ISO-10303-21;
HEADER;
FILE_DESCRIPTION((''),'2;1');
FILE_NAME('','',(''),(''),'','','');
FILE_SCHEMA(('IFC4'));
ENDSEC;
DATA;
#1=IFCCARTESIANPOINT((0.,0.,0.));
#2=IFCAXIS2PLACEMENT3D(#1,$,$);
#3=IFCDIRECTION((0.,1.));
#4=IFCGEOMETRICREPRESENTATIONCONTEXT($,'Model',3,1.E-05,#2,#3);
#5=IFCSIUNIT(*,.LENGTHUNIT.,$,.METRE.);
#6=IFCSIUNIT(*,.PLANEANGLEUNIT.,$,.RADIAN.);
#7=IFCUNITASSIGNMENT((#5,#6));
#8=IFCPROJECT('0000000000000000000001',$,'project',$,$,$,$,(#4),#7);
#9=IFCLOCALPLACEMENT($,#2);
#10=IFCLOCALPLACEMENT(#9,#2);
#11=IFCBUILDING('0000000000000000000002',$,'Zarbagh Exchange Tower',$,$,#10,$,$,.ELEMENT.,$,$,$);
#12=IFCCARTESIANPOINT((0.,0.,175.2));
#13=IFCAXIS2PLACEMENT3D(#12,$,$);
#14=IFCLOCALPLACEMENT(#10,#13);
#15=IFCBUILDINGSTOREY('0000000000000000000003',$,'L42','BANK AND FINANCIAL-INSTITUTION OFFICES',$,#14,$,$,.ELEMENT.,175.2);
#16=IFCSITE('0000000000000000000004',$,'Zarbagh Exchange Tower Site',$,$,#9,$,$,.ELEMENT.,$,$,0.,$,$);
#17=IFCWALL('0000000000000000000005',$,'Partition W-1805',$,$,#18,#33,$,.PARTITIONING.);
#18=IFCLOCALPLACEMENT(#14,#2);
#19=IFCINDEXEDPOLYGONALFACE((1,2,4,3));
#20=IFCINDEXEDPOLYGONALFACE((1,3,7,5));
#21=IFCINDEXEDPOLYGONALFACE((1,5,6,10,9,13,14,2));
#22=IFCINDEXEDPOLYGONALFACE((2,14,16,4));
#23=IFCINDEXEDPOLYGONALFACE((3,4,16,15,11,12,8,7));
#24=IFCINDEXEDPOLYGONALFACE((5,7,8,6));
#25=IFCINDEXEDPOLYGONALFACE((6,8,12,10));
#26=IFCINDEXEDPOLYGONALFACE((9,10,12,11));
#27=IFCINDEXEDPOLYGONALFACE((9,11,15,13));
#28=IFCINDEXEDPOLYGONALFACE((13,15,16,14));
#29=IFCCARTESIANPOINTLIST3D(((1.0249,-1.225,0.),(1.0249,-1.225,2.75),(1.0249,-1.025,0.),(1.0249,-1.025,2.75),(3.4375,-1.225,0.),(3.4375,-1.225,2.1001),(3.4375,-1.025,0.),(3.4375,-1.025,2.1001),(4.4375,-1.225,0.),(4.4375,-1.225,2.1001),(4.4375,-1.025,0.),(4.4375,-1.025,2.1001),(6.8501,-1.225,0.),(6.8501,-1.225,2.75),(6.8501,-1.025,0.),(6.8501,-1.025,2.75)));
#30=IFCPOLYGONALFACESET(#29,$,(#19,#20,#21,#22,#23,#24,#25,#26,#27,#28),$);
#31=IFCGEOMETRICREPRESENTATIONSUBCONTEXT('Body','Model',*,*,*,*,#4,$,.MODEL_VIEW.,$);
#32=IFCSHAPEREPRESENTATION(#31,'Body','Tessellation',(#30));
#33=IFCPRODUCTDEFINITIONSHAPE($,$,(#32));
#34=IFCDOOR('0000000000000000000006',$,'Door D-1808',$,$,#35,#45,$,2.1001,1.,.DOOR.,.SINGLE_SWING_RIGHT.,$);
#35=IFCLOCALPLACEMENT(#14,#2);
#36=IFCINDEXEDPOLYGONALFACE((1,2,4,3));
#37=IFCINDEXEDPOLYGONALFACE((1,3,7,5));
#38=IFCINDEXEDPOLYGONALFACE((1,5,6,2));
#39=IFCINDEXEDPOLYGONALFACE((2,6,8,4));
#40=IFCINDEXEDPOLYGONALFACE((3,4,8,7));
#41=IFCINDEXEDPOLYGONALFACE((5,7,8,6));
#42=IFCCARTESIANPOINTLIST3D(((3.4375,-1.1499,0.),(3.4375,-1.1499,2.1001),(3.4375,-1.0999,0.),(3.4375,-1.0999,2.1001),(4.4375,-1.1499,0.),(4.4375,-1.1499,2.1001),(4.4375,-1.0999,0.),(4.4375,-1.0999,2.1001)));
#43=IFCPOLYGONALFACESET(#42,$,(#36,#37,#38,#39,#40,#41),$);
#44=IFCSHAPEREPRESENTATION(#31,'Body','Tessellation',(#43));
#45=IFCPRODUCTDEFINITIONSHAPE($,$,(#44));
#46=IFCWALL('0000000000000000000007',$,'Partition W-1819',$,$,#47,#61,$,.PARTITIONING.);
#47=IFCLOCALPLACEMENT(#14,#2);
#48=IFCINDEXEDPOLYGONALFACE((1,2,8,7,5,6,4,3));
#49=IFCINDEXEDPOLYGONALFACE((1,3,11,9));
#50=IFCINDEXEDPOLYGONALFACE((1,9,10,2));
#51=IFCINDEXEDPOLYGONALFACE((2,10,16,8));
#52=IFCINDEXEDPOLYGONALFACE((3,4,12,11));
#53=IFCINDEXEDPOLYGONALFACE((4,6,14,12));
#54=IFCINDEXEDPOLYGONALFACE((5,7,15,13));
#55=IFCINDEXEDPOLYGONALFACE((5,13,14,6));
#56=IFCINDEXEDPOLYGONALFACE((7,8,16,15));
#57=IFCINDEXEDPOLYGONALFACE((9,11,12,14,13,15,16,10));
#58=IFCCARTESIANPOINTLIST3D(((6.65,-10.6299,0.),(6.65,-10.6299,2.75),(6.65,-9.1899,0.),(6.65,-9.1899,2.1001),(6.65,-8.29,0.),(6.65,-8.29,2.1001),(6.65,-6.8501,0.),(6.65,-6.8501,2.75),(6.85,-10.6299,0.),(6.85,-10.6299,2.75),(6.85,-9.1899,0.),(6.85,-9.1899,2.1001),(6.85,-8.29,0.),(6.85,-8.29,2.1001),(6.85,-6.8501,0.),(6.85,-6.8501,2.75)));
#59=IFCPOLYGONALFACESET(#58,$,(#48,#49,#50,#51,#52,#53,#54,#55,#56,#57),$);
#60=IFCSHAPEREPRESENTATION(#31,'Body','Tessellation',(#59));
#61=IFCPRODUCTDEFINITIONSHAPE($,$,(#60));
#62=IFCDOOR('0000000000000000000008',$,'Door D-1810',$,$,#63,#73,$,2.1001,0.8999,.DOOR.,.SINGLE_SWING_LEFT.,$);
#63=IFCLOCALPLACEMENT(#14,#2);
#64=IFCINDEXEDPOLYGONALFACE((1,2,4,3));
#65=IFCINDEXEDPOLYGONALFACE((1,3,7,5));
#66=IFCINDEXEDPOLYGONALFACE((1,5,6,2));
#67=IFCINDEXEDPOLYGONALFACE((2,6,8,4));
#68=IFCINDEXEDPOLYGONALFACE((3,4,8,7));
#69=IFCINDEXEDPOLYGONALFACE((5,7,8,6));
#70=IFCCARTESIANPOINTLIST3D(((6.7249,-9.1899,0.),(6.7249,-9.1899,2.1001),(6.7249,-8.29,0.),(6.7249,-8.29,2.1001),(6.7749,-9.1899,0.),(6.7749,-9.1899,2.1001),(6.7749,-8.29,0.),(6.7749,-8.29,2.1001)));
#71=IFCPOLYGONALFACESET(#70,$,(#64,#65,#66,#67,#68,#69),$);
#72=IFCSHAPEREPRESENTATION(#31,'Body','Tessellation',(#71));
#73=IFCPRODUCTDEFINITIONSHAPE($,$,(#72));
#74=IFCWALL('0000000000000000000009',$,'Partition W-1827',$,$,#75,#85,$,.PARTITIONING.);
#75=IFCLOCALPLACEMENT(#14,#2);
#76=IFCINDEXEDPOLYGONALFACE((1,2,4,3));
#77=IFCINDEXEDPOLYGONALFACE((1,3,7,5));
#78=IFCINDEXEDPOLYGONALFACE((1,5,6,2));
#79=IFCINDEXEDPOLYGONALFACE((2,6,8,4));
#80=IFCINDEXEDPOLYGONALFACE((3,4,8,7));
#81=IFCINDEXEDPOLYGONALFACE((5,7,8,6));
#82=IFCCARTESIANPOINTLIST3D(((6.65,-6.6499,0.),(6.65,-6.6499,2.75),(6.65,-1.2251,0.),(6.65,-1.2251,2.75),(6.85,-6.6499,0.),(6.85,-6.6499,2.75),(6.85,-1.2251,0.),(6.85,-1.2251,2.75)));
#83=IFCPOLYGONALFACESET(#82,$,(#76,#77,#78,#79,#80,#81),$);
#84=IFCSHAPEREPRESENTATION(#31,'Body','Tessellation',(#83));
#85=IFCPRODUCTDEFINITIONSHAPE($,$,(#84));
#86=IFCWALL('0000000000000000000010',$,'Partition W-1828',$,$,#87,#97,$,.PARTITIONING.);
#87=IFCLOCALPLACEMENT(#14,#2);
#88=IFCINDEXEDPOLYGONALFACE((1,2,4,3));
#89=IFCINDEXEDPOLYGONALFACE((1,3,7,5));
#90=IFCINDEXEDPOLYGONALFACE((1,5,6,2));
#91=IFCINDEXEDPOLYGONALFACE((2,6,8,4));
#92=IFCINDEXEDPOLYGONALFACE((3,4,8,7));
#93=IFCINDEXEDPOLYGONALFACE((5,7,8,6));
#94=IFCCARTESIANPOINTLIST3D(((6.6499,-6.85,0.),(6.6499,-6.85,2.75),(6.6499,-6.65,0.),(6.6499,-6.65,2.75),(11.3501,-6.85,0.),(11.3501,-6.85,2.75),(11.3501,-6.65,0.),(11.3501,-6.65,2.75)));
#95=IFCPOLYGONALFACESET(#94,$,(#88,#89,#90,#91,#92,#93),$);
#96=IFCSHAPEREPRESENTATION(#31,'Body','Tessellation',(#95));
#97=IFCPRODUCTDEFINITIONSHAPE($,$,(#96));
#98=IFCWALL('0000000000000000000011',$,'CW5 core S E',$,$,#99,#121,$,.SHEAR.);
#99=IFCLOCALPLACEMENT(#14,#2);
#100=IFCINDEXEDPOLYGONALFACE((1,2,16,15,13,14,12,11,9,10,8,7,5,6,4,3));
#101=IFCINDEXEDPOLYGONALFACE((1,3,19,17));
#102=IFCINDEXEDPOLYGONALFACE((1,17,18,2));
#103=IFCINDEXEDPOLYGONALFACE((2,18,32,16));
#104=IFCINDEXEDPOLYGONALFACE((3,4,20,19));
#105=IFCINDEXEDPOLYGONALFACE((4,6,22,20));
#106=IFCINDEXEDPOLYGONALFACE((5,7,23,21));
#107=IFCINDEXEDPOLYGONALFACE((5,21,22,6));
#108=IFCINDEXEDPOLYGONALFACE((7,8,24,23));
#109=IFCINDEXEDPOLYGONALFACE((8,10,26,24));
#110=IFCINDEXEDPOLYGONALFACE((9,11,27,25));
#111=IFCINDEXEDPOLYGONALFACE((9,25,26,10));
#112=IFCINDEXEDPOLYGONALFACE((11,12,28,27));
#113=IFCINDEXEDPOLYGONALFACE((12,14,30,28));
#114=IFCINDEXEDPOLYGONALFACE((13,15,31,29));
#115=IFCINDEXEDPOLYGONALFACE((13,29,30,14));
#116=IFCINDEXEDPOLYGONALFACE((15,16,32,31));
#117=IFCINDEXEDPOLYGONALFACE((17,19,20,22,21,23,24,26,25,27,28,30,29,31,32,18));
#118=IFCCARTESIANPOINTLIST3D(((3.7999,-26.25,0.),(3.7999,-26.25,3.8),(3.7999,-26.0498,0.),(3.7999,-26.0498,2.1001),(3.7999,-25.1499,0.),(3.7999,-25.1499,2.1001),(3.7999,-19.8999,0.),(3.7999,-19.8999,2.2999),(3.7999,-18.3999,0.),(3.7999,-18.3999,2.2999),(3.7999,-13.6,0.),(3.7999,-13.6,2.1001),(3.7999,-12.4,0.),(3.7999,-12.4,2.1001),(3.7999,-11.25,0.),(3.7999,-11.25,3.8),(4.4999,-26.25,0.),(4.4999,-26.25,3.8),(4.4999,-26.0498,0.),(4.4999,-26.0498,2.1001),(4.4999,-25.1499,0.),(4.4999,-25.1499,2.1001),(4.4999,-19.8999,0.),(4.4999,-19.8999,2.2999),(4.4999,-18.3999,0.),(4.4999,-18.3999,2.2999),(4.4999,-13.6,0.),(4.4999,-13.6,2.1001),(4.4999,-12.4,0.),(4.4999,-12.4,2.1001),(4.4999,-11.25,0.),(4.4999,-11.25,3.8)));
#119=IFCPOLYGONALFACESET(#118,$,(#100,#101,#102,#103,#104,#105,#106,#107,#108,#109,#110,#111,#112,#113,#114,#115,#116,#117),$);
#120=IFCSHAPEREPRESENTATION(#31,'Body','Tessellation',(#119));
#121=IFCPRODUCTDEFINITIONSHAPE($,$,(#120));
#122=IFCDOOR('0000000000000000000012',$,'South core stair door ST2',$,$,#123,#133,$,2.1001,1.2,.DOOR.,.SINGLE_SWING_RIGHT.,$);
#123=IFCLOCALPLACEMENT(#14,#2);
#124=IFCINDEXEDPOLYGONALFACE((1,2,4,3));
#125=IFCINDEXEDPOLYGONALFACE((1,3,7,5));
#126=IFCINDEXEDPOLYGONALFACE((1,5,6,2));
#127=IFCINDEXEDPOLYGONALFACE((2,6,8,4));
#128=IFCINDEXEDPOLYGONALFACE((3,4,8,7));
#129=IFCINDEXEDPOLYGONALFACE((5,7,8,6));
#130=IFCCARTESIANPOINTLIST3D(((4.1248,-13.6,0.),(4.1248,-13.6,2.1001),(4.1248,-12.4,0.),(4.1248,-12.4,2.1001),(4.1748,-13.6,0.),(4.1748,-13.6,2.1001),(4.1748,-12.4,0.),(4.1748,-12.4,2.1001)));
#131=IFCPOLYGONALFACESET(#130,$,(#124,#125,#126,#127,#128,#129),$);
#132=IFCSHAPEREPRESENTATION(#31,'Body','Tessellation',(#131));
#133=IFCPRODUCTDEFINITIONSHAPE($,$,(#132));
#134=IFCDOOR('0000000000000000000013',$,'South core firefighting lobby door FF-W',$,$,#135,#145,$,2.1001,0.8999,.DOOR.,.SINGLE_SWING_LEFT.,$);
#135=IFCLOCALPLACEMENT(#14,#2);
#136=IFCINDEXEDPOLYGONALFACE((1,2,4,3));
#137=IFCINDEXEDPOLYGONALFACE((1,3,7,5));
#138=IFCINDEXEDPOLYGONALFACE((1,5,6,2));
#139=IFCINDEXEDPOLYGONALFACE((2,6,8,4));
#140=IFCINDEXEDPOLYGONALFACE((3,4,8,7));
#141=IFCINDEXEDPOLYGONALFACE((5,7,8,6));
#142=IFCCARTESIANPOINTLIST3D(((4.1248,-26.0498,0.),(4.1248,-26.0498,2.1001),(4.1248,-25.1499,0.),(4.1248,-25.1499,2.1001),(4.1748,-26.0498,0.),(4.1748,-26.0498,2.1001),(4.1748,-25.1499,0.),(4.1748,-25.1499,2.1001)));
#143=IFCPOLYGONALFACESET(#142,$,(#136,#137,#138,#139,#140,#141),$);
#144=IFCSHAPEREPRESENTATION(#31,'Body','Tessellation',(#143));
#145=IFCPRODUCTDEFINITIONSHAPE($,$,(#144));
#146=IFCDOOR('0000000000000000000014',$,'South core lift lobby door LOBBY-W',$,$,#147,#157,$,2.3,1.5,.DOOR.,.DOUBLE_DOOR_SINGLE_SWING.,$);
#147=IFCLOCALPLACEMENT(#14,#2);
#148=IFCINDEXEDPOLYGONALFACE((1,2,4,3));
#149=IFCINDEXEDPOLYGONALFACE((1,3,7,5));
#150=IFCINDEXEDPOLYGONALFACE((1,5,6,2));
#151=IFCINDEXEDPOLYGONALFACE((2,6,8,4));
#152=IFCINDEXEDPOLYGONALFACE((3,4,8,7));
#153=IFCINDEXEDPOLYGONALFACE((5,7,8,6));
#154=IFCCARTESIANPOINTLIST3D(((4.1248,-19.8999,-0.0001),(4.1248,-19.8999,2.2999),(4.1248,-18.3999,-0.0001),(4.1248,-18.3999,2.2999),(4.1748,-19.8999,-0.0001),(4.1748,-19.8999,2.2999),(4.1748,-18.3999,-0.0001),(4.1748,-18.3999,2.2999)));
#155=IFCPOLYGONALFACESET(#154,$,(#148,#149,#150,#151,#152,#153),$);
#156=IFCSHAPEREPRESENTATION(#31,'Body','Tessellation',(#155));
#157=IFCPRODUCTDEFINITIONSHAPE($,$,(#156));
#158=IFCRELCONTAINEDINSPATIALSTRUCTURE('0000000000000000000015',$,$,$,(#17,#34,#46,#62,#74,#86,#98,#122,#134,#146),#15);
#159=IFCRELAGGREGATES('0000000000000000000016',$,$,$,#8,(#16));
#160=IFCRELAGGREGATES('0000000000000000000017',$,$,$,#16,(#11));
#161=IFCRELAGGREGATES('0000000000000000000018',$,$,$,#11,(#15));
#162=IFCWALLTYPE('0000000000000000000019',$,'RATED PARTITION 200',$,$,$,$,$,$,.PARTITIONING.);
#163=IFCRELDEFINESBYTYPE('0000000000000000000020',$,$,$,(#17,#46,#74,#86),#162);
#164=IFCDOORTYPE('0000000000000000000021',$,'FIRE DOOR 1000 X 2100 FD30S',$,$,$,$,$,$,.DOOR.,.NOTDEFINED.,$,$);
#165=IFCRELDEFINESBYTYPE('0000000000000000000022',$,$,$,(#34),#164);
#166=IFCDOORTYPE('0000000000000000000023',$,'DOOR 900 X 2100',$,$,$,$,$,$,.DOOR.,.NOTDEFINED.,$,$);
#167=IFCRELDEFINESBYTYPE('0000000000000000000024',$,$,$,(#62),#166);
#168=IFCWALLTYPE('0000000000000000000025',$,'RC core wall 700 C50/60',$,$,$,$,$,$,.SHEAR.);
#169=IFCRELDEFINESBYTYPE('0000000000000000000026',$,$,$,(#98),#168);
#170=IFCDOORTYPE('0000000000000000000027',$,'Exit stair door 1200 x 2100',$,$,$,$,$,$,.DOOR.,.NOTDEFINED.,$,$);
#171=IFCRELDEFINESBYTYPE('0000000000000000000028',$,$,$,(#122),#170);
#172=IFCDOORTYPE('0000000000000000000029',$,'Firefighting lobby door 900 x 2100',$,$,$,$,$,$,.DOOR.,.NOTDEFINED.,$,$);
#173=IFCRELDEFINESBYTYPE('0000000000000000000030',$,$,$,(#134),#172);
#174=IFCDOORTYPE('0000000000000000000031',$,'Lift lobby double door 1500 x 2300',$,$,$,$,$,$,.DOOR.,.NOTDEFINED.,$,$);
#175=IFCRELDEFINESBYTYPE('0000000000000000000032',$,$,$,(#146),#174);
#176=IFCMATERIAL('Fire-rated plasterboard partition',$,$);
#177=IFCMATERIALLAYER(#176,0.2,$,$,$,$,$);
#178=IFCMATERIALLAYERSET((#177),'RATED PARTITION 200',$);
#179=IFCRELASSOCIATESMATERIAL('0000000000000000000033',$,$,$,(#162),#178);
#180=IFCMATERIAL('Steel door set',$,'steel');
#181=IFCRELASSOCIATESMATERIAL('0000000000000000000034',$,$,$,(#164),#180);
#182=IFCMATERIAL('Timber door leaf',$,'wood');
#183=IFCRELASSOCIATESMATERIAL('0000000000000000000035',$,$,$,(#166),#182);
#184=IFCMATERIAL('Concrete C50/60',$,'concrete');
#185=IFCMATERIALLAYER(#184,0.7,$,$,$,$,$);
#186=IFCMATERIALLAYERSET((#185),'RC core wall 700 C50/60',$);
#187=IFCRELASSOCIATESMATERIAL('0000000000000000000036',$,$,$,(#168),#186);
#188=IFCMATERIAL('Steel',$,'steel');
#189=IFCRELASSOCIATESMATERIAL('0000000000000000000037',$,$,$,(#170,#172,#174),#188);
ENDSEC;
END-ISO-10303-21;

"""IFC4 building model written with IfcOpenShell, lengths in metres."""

from ifc_helpers import new_model, si_unit, direction, frame, frame_2d, origin, place, context, subcontext, project, spatial, rectangle, extrude, material, layer, layer_set, type_object, element, fill, save


model = new_model("IFC4")

# Units and contexts
model_context = context("Model", 3, precision=1e-05, world=origin(), true_north=direction((0.0, 1.0)))
body_context = subcontext(model_context, "Body", "Model", "MODEL_VIEW")
ifc_project = project(units=[si_unit("LENGTHUNIT", "METRE"), si_unit("PLANEANGLEUNIT", "RADIAN")], contexts=[model_context])

# Site, building, storey
site_placement = place(None, origin())
site = spatial("IfcSite", under=ifc_project, at=site_placement, Name="Zarbagh Exchange Tower Site", CompositionType="ELEMENT", RefElevation=0.0)
building_placement = place(site_placement, origin())
building = spatial("IfcBuilding", under=site, at=building_placement, Name="Zarbagh Exchange Tower", CompositionType="ELEMENT")
storey_placement = place(building_placement, frame((0.0, 0.0, 175.2)))
storey = spatial("IfcBuildingStorey", under=building, at=storey_placement, Name="L42", Description="BANK AND FINANCIAL-INSTITUTION OFFICES", CompositionType="ELEMENT", Elevation=175.2)

# Shared definitions
ifc_material_1 = material(Name="Concrete C50/60", Category="concrete")

# Walls, openings, doors
ifc_material_2 = material(Name="Fire-rated plasterboard partition")
ifc_layer_1 = layer(ifc_material_2, 0.2)
ifc_layer_set_1 = layer_set([ifc_layer_1], Name="RATED PARTITION 200")
wall_type_1 = type_object("IfcWallType", Name="RATED PARTITION 200", PredefinedType="PARTITIONING", material=ifc_layer_set_1)
wall_1_placement = place(storey_placement, frame((6.8501, -1.125, 0.0), z_axis=(0.0, 0.0, 1.0), x_axis=(-1.0, 0.0, 0.0)))
wall_1 = element("IfcWall", 1, at=wall_1_placement, inside=storey, type_object=wall_type_1, Name="Partition W-1805", PredefinedType="PARTITIONING", context=body_context, shape_type="SweptSolid", body=[
    extrude(rectangle(XDim=5.8252, YDim=0.2, at=frame_2d((2.9126, 0.0))), origin(), (0.0, 0.0, 1.0), 2.75),
])
opening_1_placement = place(wall_1_placement, frame((2.4126, 0.0, 0.0)))
opening_1 = element("IfcOpeningElement", 2, at=opening_1_placement, cuts=wall_1, PredefinedType="OPENING", context=body_context, shape_type="SweptSolid", body=[
    extrude(rectangle(XDim=1.0, YDim=2.1001, at=frame_2d((0.5, 1.05))), frame((0.0, 0.1099, 0.0), z_axis=(0.0, -1.0, 0.0), x_axis=(1.0, 0.0, 0.0)), (0.0, 0.0, 1.0), 0.22),
])
ifc_material_3 = material(Name="Steel door set", Category="steel")
door_type_1 = type_object("IfcDoorType", Name="FIRE DOOR 1000 X 2100 FD30S", OperationType="NOTDEFINED", PredefinedType="DOOR", material=ifc_material_3)
door_1_placement = place(opening_1_placement, origin())
door_1 = element("IfcDoor", 3, at=door_1_placement, inside=storey, type_object=door_type_1, Name="Door D-1808", OperationType="SINGLE_SWING_RIGHT", OverallHeight=2.1001, OverallWidth=1.0, PredefinedType="DOOR", context=body_context, shape_type="SweptSolid", body=[
    extrude(rectangle(XDim=1.0, YDim=2.1001, at=frame_2d((0.5, 1.05))), frame((0.0, 0.0249, 0.0), z_axis=(0.0, -1.0, 0.0), x_axis=(1.0, 0.0, 0.0)), (0.0, 0.0, 1.0), 0.05),
])
fill(opening_1, door_1)
wall_2_placement = place(storey_placement, frame((6.75, -6.8501, 0.0), z_axis=(0.0, 0.0, 1.0), x_axis=(0.0, -1.0, 0.0)))
wall_2 = element("IfcWall", 4, at=wall_2_placement, inside=storey, type_object=wall_type_1, Name="Partition W-1819", PredefinedType="PARTITIONING", context=body_context, shape_type="SweptSolid", body=[
    extrude(rectangle(XDim=3.7798, YDim=0.2, at=frame_2d((1.8899, 0.0))), origin(), (0.0, 0.0, 1.0), 2.75),
])
opening_2_placement = place(wall_2_placement, frame((1.4399, 0.0, 0.0)))
opening_2 = element("IfcOpeningElement", 5, at=opening_2_placement, cuts=wall_2, PredefinedType="OPENING", context=body_context, shape_type="SweptSolid", body=[
    extrude(rectangle(XDim=0.8999, YDim=2.1001, at=frame_2d((0.45, 1.05))), frame((0.0, 0.1099, 0.0), z_axis=(0.0, -1.0, 0.0), x_axis=(1.0, 0.0, 0.0)), (0.0, 0.0, 1.0), 0.22),
])
ifc_material_4 = material(Name="Timber door leaf", Category="wood")
door_type_2 = type_object("IfcDoorType", Name="DOOR 900 X 2100", OperationType="NOTDEFINED", PredefinedType="DOOR", material=ifc_material_4)
door_2_placement = place(opening_2_placement, origin())
door_2 = element("IfcDoor", 6, at=door_2_placement, inside=storey, type_object=door_type_2, Name="Door D-1810", OperationType="SINGLE_SWING_LEFT", OverallHeight=2.1001, OverallWidth=0.8999, PredefinedType="DOOR", context=body_context, shape_type="SweptSolid", body=[
    extrude(rectangle(XDim=0.8999, YDim=2.1001, at=frame_2d((0.45, 1.05))), frame((0.0, 0.0249, 0.0), z_axis=(0.0, -1.0, 0.0), x_axis=(1.0, 0.0, 0.0)), (0.0, 0.0, 1.0), 0.05),
])
fill(opening_2, door_2)

# Walls
wall_3_placement = place(storey_placement, frame((6.75, -6.6499, 0.0), z_axis=(0.0, 0.0, 1.0), x_axis=(0.0, 1.0, 0.0)))
element("IfcWall", 7, at=wall_3_placement, inside=storey, type_object=wall_type_1, Name="Partition W-1827", PredefinedType="PARTITIONING", context=body_context, shape_type="SweptSolid", body=[
    extrude(rectangle(XDim=5.4248, YDim=0.2, at=frame_2d((2.7124, 0.0))), origin(), (0.0, 0.0, 1.0), 2.75),
])
wall_4_placement = place(storey_placement, frame((6.6499, -6.75, 0.0), z_axis=(0.0, 0.0, 1.0), x_axis=(1.0, 0.0, 0.0)))
element("IfcWall", 8, at=wall_4_placement, inside=storey, type_object=wall_type_1, Name="Partition W-1828", PredefinedType="PARTITIONING", context=body_context, shape_type="SweptSolid", body=[
    extrude(rectangle(XDim=4.7002, YDim=0.2, at=frame_2d((2.3501, 0.0))), origin(), (0.0, 0.0, 1.0), 2.75),
])

# Wall, openings, doors
ifc_layer_2 = layer(ifc_material_1, 0.7)
ifc_layer_set_2 = layer_set([ifc_layer_2], Name="RC core wall 700 C50/60")
wall_type_2 = type_object("IfcWallType", Name="RC core wall 700 C50/60", PredefinedType="SHEAR", material=ifc_layer_set_2)
wall_5_placement = place(storey_placement, frame((4.1499, -11.25, 0.0), z_axis=(0.0, 0.0, 1.0), x_axis=(0.0, -1.0, 0.0)))
wall_5 = element("IfcWall", 9, at=wall_5_placement, inside=storey, type_object=wall_type_2, Name="CW5 core S E", PredefinedType="SHEAR", context=body_context, shape_type="SweptSolid", body=[
    extrude(rectangle(XDim=15.0, YDim=0.7, at=frame_2d((7.5, 0.0))), origin(), (0.0, 0.0, 1.0), 3.8),
])
opening_3_placement = place(wall_5_placement, frame((7.1499, 0.0, 0.0)))
opening_3 = element("IfcOpeningElement", 10, at=opening_3_placement, cuts=wall_5, PredefinedType="OPENING", context=body_context, shape_type="SweptSolid", body=[
    extrude(rectangle(XDim=1.5, YDim=2.3, at=frame_2d((0.75, 1.1499))), frame((0.0, 0.3599, 0.0), z_axis=(0.0, -1.0, 0.0), x_axis=(1.0, 0.0, 0.0)), (0.0, 0.0, 1.0), 0.72),
])
opening_4_placement = place(wall_5_placement, frame((13.8999, 0.0, 0.0)))
opening_4 = element("IfcOpeningElement", 11, at=opening_4_placement, cuts=wall_5, PredefinedType="OPENING", context=body_context, shape_type="SweptSolid", body=[
    extrude(rectangle(XDim=0.8999, YDim=2.1001, at=frame_2d((0.45, 1.05))), frame((0.0, 0.3599, 0.0), z_axis=(0.0, -1.0, 0.0), x_axis=(1.0, 0.0, 0.0)), (0.0, 0.0, 1.0), 0.72),
])
opening_5_placement = place(wall_5_placement, frame((1.1499, 0.0, 0.0)))
opening_5 = element("IfcOpeningElement", 12, at=opening_5_placement, cuts=wall_5, PredefinedType="OPENING", context=body_context, shape_type="SweptSolid", body=[
    extrude(rectangle(XDim=1.2, YDim=2.1001, at=frame_2d((0.6001, 1.05))), frame((0.0, 0.3599, 0.0), z_axis=(0.0, -1.0, 0.0), x_axis=(1.0, 0.0, 0.0)), (0.0, 0.0, 1.0), 0.72),
])
ifc_material_5 = material(Name="Steel", Category="steel")
door_type_3 = type_object("IfcDoorType", Name="Exit stair door 1200 x 2100", OperationType="NOTDEFINED", PredefinedType="DOOR", material=ifc_material_5)
door_3_placement = place(opening_5_placement, origin())
door_3 = element("IfcDoor", 13, at=door_3_placement, inside=storey, type_object=door_type_3, Name="South core stair door ST2", OperationType="SINGLE_SWING_RIGHT", OverallHeight=2.1001, OverallWidth=1.2, PredefinedType="DOOR", context=body_context, shape_type="SweptSolid", body=[
    extrude(rectangle(XDim=1.2, YDim=2.1001, at=frame_2d((0.6001, 1.05))), frame((0.0, 0.0249, 0.0), z_axis=(0.0, -1.0, 0.0), x_axis=(1.0, 0.0, 0.0)), (0.0, 0.0, 1.0), 0.05),
])
fill(opening_5, door_3)
door_type_4 = type_object("IfcDoorType", Name="Firefighting lobby door 900 x 2100", OperationType="NOTDEFINED", PredefinedType="DOOR", material=ifc_material_5)
door_4_placement = place(opening_4_placement, origin())
door_4 = element("IfcDoor", 14, at=door_4_placement, inside=storey, type_object=door_type_4, Name="South core firefighting lobby door FF-W", OperationType="SINGLE_SWING_LEFT", OverallHeight=2.1001, OverallWidth=0.8999, PredefinedType="DOOR", context=body_context, shape_type="SweptSolid", body=[
    extrude(rectangle(XDim=0.8999, YDim=2.1001, at=frame_2d((0.45, 1.05))), frame((0.0, 0.0249, 0.0), z_axis=(0.0, -1.0, 0.0), x_axis=(1.0, 0.0, 0.0)), (0.0, 0.0, 1.0), 0.05),
])
fill(opening_4, door_4)
door_type_5 = type_object("IfcDoorType", Name="Lift lobby double door 1500 x 2300", OperationType="NOTDEFINED", PredefinedType="DOOR", material=ifc_material_5)
door_5_placement = place(opening_3_placement, origin())
door_5 = element("IfcDoor", 15, at=door_5_placement, inside=storey, type_object=door_type_5, Name="South core lift lobby door LOBBY-W", OperationType="DOUBLE_DOOR_SINGLE_SWING", OverallHeight=2.3, OverallWidth=1.5, PredefinedType="DOOR", context=body_context, shape_type="SweptSolid", body=[
    extrude(rectangle(XDim=1.5, YDim=2.3, at=frame_2d((0.75, 1.1499))), frame((0.0, 0.0249, 0.0), z_axis=(0.0, -1.0, 0.0), x_axis=(1.0, 0.0, 0.0)), (0.0, 0.0, 1.0), 0.05),
])
fill(opening_3, door_5)

save(model, "model.ifc")
